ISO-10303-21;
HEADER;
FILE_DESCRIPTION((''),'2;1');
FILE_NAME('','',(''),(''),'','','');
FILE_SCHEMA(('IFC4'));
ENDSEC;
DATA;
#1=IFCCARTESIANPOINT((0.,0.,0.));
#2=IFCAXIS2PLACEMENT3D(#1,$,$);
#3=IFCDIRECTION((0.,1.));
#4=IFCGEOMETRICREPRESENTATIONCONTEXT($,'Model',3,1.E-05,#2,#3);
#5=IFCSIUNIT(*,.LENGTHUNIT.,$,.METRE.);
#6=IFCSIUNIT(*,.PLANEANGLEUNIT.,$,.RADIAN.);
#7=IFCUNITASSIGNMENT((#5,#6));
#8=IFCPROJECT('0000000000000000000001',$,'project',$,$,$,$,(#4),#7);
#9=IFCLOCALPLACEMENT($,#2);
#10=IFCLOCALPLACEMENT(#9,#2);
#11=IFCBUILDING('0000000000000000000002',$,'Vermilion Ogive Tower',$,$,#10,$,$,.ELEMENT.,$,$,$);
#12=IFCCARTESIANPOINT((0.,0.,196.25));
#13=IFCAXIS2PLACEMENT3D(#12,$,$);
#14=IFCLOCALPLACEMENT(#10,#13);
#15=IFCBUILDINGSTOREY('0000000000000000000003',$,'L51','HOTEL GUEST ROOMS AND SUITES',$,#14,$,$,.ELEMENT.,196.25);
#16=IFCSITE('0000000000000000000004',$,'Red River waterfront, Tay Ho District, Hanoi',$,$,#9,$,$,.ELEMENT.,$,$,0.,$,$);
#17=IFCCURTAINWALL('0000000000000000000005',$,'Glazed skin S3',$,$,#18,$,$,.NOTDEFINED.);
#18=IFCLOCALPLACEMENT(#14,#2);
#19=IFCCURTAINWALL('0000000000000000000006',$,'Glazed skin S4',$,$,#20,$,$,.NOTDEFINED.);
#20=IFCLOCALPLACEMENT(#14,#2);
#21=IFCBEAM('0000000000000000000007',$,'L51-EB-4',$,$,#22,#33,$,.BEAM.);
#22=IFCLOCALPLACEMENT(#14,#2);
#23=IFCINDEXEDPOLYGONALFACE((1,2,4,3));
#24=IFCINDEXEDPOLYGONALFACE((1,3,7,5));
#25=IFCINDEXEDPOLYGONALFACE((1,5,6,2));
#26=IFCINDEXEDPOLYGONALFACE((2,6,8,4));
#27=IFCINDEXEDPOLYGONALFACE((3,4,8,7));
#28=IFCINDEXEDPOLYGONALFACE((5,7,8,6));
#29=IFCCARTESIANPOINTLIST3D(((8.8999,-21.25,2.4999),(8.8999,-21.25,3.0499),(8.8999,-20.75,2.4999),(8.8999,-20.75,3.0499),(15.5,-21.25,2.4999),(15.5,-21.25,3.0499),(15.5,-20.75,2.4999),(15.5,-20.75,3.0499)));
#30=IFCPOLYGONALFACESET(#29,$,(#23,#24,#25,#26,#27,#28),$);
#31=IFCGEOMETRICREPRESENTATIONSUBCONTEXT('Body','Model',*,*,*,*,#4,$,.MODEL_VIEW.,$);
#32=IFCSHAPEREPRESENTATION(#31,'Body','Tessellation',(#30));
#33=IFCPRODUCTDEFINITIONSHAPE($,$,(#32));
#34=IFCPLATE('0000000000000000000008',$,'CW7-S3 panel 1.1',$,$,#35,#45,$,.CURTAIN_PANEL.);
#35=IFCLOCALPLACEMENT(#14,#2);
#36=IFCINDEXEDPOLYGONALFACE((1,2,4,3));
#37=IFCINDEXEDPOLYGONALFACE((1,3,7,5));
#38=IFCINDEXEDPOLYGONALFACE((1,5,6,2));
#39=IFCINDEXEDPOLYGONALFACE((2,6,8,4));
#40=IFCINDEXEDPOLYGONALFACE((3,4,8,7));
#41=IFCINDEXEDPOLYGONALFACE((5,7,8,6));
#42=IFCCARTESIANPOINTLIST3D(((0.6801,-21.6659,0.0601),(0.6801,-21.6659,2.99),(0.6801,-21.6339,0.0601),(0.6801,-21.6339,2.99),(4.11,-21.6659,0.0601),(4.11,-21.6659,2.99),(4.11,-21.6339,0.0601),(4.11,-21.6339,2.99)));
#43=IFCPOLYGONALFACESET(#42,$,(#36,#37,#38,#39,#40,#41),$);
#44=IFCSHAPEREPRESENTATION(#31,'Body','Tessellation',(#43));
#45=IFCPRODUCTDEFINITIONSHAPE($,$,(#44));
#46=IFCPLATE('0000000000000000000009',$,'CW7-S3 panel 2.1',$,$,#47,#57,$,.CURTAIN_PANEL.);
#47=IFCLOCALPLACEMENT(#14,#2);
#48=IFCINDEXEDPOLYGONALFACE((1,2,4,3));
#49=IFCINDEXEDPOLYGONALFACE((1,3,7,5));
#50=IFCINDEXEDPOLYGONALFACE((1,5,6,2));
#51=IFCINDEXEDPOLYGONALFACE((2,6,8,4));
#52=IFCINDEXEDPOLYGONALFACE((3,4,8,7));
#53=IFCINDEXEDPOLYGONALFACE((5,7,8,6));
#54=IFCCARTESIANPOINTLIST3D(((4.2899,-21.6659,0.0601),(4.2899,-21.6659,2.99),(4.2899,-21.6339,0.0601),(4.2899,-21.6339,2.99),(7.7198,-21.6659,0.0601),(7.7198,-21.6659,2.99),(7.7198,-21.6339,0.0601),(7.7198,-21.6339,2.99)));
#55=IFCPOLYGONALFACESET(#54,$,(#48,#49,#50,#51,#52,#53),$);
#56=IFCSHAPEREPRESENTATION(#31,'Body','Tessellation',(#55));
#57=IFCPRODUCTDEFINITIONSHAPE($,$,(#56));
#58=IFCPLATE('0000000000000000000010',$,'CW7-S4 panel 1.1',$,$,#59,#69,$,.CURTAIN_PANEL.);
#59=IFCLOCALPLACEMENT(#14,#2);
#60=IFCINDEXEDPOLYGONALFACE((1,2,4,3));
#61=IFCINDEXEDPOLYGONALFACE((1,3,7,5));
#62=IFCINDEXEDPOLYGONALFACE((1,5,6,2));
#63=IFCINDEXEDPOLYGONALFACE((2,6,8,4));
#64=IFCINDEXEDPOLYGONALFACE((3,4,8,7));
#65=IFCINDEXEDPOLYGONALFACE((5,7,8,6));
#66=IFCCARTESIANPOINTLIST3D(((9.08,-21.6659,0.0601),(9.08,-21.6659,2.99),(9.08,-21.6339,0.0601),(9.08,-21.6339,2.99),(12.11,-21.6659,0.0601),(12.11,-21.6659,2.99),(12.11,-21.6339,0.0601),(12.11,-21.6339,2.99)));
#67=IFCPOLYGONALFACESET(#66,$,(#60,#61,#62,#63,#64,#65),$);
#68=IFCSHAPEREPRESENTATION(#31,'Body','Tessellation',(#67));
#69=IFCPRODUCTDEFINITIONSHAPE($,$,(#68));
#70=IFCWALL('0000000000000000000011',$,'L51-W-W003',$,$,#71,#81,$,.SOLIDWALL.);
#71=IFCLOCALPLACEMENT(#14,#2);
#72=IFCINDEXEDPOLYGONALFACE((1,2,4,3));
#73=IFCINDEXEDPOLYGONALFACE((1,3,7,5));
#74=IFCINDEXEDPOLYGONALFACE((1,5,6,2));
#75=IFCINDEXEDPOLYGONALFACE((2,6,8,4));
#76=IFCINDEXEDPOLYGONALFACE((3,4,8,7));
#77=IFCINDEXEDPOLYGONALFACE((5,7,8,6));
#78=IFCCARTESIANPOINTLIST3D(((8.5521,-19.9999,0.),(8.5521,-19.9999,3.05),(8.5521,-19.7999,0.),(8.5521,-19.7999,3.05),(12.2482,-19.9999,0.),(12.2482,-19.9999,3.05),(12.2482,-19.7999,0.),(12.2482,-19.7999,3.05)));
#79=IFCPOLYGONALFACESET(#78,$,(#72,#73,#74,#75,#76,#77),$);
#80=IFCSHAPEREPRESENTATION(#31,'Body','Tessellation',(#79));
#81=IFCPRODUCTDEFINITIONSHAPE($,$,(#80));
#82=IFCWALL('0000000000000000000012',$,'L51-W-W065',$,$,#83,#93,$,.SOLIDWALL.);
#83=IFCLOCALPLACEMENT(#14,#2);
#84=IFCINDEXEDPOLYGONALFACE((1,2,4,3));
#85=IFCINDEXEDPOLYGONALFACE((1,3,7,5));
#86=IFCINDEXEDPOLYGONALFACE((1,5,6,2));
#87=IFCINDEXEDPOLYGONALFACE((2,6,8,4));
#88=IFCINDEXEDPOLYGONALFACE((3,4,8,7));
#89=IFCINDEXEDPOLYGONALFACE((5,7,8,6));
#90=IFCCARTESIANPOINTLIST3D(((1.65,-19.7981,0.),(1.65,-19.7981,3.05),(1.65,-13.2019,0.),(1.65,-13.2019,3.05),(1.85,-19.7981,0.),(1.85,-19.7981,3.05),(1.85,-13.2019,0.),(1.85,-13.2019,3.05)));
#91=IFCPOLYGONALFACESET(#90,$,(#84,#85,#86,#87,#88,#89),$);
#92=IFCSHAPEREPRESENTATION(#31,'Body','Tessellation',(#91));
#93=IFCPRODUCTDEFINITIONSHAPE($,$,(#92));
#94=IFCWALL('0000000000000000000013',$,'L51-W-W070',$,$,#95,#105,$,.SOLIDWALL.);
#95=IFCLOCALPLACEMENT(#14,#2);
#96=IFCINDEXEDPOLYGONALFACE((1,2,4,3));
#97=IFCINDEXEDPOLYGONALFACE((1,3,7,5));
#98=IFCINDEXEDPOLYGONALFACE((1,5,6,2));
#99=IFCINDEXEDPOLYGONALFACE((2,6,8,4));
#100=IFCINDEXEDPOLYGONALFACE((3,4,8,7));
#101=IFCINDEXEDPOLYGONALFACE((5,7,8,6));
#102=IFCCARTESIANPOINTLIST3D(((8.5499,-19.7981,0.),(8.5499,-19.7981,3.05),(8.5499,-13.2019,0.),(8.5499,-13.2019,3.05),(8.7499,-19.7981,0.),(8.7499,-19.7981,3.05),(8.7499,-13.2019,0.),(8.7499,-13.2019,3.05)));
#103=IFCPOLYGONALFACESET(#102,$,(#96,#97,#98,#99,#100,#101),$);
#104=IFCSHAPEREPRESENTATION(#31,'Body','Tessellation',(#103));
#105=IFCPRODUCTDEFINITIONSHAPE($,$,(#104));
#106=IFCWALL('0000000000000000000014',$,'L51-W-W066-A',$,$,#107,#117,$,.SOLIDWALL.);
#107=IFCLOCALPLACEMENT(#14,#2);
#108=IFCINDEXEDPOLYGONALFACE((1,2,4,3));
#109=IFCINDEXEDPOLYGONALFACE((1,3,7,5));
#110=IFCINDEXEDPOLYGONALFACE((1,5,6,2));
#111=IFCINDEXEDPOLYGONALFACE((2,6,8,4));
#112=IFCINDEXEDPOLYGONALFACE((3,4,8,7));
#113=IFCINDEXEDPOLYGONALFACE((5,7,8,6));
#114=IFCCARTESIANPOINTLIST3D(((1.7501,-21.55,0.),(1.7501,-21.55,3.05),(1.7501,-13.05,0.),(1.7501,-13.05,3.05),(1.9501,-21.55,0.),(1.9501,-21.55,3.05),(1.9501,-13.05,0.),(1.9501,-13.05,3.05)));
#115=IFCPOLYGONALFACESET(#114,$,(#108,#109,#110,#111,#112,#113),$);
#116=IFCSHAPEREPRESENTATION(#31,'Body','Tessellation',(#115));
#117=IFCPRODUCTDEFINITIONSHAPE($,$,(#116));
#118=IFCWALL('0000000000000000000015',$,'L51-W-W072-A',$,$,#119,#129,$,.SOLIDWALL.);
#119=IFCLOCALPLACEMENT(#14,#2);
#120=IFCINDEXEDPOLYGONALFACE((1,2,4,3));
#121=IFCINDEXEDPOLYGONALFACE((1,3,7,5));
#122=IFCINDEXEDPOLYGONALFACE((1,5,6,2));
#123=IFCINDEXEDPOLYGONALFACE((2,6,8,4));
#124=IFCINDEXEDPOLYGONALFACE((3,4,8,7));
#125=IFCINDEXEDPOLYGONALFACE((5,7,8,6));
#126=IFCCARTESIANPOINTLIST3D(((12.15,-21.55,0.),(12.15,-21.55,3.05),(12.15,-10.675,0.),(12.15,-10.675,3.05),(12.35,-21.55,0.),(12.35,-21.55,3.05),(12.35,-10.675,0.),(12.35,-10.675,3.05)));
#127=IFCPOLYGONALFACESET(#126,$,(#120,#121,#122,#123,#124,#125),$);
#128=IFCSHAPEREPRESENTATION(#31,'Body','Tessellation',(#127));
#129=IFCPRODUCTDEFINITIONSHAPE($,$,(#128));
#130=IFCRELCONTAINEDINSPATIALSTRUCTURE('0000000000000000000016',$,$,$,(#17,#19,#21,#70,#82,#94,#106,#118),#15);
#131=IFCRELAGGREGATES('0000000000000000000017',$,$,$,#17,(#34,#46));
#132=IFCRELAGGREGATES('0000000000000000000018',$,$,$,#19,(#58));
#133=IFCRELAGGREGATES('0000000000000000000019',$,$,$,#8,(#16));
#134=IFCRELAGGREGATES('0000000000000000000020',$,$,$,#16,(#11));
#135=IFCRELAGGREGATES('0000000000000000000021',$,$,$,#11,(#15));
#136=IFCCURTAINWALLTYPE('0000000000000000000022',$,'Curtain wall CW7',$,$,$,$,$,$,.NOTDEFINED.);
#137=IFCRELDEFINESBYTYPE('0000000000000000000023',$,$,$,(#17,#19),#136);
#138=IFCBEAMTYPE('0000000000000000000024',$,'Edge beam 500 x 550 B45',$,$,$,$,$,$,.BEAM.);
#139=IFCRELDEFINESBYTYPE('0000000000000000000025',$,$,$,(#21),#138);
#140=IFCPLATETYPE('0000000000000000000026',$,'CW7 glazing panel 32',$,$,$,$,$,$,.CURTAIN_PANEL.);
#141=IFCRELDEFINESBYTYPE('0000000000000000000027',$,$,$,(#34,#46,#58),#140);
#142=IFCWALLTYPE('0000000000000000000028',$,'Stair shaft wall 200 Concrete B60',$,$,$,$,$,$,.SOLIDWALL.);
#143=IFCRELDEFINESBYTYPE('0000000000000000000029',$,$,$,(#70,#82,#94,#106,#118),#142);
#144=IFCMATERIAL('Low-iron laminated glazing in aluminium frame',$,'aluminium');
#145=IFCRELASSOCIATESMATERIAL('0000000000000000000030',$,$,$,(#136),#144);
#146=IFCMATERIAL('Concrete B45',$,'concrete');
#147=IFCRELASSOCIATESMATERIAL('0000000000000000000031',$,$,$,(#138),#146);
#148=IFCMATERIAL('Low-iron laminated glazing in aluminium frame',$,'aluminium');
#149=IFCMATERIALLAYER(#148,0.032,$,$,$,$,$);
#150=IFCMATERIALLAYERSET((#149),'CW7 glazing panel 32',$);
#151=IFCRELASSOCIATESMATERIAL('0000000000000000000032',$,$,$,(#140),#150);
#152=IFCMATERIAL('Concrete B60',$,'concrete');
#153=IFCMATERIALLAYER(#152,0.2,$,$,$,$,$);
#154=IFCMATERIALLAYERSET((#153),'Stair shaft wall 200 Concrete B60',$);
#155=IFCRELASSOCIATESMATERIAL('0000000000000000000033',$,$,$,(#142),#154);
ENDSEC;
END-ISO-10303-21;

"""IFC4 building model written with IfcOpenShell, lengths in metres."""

from ifc_helpers import new_model, si_unit, direction, frame, frame_2d, origin, origin_2d, place, context, subcontext, project, spatial, rectangle, extrude, material, layer, layer_set, material_profile, profile_set, type_object, element, aggregate, save


model = new_model("IFC4")

# Units and contexts
model_context = context("Model", 3, precision=1e-05, world=origin(), true_north=direction((0.0, 1.0)))
body_context = subcontext(model_context, "Body", "Model", "MODEL_VIEW")
ifc_project = project(units=[si_unit("LENGTHUNIT", "METRE"), si_unit("PLANEANGLEUNIT", "RADIAN")], contexts=[model_context])

# Site, building, storey
site_placement = place(None, origin())
site = spatial("IfcSite", under=ifc_project, at=site_placement, Name="Red River waterfront, Tay Ho District, Hanoi", CompositionType="ELEMENT", RefElevation=0.0)
building_placement = place(site_placement, origin())
building = spatial("IfcBuilding", under=site, at=building_placement, Name="Vermilion Ogive Tower", CompositionType="ELEMENT")
storey_placement = place(building_placement, frame((0.0, 0.0, 196.25)))
storey = spatial("IfcBuildingStorey", under=building, at=storey_placement, Name="L51", Description="HOTEL GUEST ROOMS AND SUITES", CompositionType="ELEMENT", Elevation=196.25)

# Curtain walls
ifc_material_1 = material(Name="Low-iron laminated glazing in aluminium frame", Category="aluminium")
curtain_wall_type = type_object("IfcCurtainWallType", Name="Curtain wall CW7", PredefinedType="NOTDEFINED", material=ifc_material_1)
curtain_wall_1_placement = place(storey_placement, origin())
curtain_wall_1 = element("IfcCurtainWall", 1, at=curtain_wall_1_placement, inside=storey, type_object=curtain_wall_type, Name="Glazed skin S3", PredefinedType="NOTDEFINED")
curtain_wall_2_placement = place(storey_placement, origin())
curtain_wall_2 = element("IfcCurtainWall", 2, at=curtain_wall_2_placement, inside=storey, type_object=curtain_wall_type, Name="Glazed skin S4", PredefinedType="NOTDEFINED")

# Beam
ifc_material_2 = material(Name="Concrete B45", Category="concrete")
ifc_material_profile_1 = material_profile(ifc_material_2, rectangle(XDim=0.5, YDim=0.55, at=origin_2d()), Name="500 x 550")
ifc_profile_set_1 = profile_set([ifc_material_profile_1], Name="Concrete B45")
beam_type = type_object("IfcBeamType", Name="Edge beam 500 x 550 B45", PredefinedType="BEAM", material=ifc_profile_set_1)
beam_1_placement = place(storey_placement, frame((8.8999, -21.0, 2.7749), z_axis=(1.0, 0.0, 0.0), x_axis=(0.0, 1.0, 0.0)))
element("IfcBeam", 3, at=beam_1_placement, inside=storey, type_object=beam_type, Name="L51-EB-4", PredefinedType="BEAM", context=body_context, shape_type="SweptSolid", body=[
    extrude(rectangle(XDim=0.5, YDim=0.55, at=origin_2d()), origin(), (0.0, 0.0, 1.0), 6.6001),
])

# Plates
ifc_material_3 = material(Name="Low-iron laminated glazing in aluminium frame", Category="aluminium")
ifc_layer_1 = layer(ifc_material_3, 0.032)
ifc_layer_set_1 = layer_set([ifc_layer_1], Name="CW7 glazing panel 32")
plate_type = type_object("IfcPlateType", Name="CW7 glazing panel 32", PredefinedType="CURTAIN_PANEL", material=ifc_layer_set_1)
plate_1_placement = place(storey_placement, frame((2.395, -21.6499, 0.0601), z_axis=(0.0, 0.0, 1.0), x_axis=(1.0, 0.0, 0.0)))
plate_1 = element("IfcPlate", 4, at=plate_1_placement, type_object=plate_type, Name="CW7-S3 panel 1.1", PredefinedType="CURTAIN_PANEL", context=body_context, shape_type="SweptSolid", body=[
    extrude(rectangle(XDim=3.4299, YDim=0.032, at=origin_2d()), origin(), (0.0, 0.0, 1.0), 2.9299),
])
plate_2_placement = place(storey_placement, frame((6.0049, -21.6499, 0.0601), z_axis=(0.0, 0.0, 1.0), x_axis=(1.0, 0.0, 0.0)))
plate_2 = element("IfcPlate", 5, at=plate_2_placement, type_object=plate_type, Name="CW7-S3 panel 2.1", PredefinedType="CURTAIN_PANEL", context=body_context, shape_type="SweptSolid", body=[
    extrude(rectangle(XDim=3.4299, YDim=0.032, at=origin_2d()), origin(), (0.0, 0.0, 1.0), 2.9299),
])
aggregate(curtain_wall_1, [plate_1, plate_2])
plate_3_placement = place(storey_placement, frame((10.595, -21.6499, 0.0601), z_axis=(0.0, 0.0, 1.0), x_axis=(1.0, 0.0, 0.0)))
plate_3 = element("IfcPlate", 6, at=plate_3_placement, type_object=plate_type, Name="CW7-S4 panel 1.1", PredefinedType="CURTAIN_PANEL", context=body_context, shape_type="SweptSolid", body=[
    extrude(rectangle(XDim=3.03, YDim=0.032, at=origin_2d()), origin(), (0.0, 0.0, 1.0), 2.9299),
])
aggregate(curtain_wall_2, [plate_3])

# Walls
ifc_material_4 = material(Name="Concrete B60", Category="concrete")
ifc_layer_2 = layer(ifc_material_4, 0.2)
ifc_layer_set_2 = layer_set([ifc_layer_2], Name="Stair shaft wall 200 Concrete B60")
wall_type = type_object("IfcWallType", Name="Stair shaft wall 200 Concrete B60", PredefinedType="SOLIDWALL", material=ifc_layer_set_2)
wall_1_placement = place(storey_placement, frame((8.552, -19.8999, 0.0), z_axis=(0.0, 0.0, 1.0), x_axis=(1.0, 0.0, 0.0)))
element("IfcWall", 7, at=wall_1_placement, inside=storey, type_object=wall_type, Name="L51-W-W003", PredefinedType="SOLIDWALL", context=body_context, shape_type="SweptSolid", body=[
    extrude(rectangle(XDim=3.696, YDim=0.2, at=frame_2d((1.8481, 0.0))), origin(), (0.0, 0.0, 1.0), 3.05),
])
for number, where, z_axis, x_axis, name in (
    (8, (1.75, -19.7981, 0.0), (0.0, 0.0, 1.0), (0.0, 1.0, 0.0), "L51-W-W065"),
    (9, (8.6499, -19.7981, 0.0), (0.0, 0.0, 1.0), (0.0, 1.0, 0.0), "L51-W-W070"),
):
    element("IfcWall", number, at=place(storey_placement, frame(where, z_axis=z_axis, x_axis=x_axis)), inside=storey, type_object=wall_type, Name=name, PredefinedType="SOLIDWALL", context=body_context, shape_type="SweptSolid", body=[
        extrude(rectangle(XDim=6.5962, YDim=0.2, at=frame_2d((3.2981, 0.0))), origin(), (0.0, 0.0, 1.0), 3.05),
    ])
wall_2_placement = place(storey_placement, frame((1.8501, -21.55, 0.0), z_axis=(0.0, 0.0, 1.0), x_axis=(0.0, 1.0, 0.0)))
element("IfcWall", 10, at=wall_2_placement, inside=storey, type_object=wall_type, Name="L51-W-W066-A", PredefinedType="SOLIDWALL", context=body_context, shape_type="SweptSolid", body=[
    extrude(rectangle(XDim=8.5, YDim=0.2, at=frame_2d((4.25, 0.0))), origin(), (0.0, 0.0, 1.0), 3.05),
])
wall_3_placement = place(storey_placement, frame((12.25, -21.55, 0.0), z_axis=(0.0, 0.0, 1.0), x_axis=(0.0, 1.0, 0.0)))
element("IfcWall", 11, at=wall_3_placement, inside=storey, type_object=wall_type, Name="L51-W-W072-A", PredefinedType="SOLIDWALL", context=body_context, shape_type="SweptSolid", body=[
    extrude(rectangle(XDim=10.875, YDim=0.2, at=frame_2d((5.4375, 0.0))), origin(), (0.0, 0.0, 1.0), 3.05),
])

save(model, "model.ifc")
